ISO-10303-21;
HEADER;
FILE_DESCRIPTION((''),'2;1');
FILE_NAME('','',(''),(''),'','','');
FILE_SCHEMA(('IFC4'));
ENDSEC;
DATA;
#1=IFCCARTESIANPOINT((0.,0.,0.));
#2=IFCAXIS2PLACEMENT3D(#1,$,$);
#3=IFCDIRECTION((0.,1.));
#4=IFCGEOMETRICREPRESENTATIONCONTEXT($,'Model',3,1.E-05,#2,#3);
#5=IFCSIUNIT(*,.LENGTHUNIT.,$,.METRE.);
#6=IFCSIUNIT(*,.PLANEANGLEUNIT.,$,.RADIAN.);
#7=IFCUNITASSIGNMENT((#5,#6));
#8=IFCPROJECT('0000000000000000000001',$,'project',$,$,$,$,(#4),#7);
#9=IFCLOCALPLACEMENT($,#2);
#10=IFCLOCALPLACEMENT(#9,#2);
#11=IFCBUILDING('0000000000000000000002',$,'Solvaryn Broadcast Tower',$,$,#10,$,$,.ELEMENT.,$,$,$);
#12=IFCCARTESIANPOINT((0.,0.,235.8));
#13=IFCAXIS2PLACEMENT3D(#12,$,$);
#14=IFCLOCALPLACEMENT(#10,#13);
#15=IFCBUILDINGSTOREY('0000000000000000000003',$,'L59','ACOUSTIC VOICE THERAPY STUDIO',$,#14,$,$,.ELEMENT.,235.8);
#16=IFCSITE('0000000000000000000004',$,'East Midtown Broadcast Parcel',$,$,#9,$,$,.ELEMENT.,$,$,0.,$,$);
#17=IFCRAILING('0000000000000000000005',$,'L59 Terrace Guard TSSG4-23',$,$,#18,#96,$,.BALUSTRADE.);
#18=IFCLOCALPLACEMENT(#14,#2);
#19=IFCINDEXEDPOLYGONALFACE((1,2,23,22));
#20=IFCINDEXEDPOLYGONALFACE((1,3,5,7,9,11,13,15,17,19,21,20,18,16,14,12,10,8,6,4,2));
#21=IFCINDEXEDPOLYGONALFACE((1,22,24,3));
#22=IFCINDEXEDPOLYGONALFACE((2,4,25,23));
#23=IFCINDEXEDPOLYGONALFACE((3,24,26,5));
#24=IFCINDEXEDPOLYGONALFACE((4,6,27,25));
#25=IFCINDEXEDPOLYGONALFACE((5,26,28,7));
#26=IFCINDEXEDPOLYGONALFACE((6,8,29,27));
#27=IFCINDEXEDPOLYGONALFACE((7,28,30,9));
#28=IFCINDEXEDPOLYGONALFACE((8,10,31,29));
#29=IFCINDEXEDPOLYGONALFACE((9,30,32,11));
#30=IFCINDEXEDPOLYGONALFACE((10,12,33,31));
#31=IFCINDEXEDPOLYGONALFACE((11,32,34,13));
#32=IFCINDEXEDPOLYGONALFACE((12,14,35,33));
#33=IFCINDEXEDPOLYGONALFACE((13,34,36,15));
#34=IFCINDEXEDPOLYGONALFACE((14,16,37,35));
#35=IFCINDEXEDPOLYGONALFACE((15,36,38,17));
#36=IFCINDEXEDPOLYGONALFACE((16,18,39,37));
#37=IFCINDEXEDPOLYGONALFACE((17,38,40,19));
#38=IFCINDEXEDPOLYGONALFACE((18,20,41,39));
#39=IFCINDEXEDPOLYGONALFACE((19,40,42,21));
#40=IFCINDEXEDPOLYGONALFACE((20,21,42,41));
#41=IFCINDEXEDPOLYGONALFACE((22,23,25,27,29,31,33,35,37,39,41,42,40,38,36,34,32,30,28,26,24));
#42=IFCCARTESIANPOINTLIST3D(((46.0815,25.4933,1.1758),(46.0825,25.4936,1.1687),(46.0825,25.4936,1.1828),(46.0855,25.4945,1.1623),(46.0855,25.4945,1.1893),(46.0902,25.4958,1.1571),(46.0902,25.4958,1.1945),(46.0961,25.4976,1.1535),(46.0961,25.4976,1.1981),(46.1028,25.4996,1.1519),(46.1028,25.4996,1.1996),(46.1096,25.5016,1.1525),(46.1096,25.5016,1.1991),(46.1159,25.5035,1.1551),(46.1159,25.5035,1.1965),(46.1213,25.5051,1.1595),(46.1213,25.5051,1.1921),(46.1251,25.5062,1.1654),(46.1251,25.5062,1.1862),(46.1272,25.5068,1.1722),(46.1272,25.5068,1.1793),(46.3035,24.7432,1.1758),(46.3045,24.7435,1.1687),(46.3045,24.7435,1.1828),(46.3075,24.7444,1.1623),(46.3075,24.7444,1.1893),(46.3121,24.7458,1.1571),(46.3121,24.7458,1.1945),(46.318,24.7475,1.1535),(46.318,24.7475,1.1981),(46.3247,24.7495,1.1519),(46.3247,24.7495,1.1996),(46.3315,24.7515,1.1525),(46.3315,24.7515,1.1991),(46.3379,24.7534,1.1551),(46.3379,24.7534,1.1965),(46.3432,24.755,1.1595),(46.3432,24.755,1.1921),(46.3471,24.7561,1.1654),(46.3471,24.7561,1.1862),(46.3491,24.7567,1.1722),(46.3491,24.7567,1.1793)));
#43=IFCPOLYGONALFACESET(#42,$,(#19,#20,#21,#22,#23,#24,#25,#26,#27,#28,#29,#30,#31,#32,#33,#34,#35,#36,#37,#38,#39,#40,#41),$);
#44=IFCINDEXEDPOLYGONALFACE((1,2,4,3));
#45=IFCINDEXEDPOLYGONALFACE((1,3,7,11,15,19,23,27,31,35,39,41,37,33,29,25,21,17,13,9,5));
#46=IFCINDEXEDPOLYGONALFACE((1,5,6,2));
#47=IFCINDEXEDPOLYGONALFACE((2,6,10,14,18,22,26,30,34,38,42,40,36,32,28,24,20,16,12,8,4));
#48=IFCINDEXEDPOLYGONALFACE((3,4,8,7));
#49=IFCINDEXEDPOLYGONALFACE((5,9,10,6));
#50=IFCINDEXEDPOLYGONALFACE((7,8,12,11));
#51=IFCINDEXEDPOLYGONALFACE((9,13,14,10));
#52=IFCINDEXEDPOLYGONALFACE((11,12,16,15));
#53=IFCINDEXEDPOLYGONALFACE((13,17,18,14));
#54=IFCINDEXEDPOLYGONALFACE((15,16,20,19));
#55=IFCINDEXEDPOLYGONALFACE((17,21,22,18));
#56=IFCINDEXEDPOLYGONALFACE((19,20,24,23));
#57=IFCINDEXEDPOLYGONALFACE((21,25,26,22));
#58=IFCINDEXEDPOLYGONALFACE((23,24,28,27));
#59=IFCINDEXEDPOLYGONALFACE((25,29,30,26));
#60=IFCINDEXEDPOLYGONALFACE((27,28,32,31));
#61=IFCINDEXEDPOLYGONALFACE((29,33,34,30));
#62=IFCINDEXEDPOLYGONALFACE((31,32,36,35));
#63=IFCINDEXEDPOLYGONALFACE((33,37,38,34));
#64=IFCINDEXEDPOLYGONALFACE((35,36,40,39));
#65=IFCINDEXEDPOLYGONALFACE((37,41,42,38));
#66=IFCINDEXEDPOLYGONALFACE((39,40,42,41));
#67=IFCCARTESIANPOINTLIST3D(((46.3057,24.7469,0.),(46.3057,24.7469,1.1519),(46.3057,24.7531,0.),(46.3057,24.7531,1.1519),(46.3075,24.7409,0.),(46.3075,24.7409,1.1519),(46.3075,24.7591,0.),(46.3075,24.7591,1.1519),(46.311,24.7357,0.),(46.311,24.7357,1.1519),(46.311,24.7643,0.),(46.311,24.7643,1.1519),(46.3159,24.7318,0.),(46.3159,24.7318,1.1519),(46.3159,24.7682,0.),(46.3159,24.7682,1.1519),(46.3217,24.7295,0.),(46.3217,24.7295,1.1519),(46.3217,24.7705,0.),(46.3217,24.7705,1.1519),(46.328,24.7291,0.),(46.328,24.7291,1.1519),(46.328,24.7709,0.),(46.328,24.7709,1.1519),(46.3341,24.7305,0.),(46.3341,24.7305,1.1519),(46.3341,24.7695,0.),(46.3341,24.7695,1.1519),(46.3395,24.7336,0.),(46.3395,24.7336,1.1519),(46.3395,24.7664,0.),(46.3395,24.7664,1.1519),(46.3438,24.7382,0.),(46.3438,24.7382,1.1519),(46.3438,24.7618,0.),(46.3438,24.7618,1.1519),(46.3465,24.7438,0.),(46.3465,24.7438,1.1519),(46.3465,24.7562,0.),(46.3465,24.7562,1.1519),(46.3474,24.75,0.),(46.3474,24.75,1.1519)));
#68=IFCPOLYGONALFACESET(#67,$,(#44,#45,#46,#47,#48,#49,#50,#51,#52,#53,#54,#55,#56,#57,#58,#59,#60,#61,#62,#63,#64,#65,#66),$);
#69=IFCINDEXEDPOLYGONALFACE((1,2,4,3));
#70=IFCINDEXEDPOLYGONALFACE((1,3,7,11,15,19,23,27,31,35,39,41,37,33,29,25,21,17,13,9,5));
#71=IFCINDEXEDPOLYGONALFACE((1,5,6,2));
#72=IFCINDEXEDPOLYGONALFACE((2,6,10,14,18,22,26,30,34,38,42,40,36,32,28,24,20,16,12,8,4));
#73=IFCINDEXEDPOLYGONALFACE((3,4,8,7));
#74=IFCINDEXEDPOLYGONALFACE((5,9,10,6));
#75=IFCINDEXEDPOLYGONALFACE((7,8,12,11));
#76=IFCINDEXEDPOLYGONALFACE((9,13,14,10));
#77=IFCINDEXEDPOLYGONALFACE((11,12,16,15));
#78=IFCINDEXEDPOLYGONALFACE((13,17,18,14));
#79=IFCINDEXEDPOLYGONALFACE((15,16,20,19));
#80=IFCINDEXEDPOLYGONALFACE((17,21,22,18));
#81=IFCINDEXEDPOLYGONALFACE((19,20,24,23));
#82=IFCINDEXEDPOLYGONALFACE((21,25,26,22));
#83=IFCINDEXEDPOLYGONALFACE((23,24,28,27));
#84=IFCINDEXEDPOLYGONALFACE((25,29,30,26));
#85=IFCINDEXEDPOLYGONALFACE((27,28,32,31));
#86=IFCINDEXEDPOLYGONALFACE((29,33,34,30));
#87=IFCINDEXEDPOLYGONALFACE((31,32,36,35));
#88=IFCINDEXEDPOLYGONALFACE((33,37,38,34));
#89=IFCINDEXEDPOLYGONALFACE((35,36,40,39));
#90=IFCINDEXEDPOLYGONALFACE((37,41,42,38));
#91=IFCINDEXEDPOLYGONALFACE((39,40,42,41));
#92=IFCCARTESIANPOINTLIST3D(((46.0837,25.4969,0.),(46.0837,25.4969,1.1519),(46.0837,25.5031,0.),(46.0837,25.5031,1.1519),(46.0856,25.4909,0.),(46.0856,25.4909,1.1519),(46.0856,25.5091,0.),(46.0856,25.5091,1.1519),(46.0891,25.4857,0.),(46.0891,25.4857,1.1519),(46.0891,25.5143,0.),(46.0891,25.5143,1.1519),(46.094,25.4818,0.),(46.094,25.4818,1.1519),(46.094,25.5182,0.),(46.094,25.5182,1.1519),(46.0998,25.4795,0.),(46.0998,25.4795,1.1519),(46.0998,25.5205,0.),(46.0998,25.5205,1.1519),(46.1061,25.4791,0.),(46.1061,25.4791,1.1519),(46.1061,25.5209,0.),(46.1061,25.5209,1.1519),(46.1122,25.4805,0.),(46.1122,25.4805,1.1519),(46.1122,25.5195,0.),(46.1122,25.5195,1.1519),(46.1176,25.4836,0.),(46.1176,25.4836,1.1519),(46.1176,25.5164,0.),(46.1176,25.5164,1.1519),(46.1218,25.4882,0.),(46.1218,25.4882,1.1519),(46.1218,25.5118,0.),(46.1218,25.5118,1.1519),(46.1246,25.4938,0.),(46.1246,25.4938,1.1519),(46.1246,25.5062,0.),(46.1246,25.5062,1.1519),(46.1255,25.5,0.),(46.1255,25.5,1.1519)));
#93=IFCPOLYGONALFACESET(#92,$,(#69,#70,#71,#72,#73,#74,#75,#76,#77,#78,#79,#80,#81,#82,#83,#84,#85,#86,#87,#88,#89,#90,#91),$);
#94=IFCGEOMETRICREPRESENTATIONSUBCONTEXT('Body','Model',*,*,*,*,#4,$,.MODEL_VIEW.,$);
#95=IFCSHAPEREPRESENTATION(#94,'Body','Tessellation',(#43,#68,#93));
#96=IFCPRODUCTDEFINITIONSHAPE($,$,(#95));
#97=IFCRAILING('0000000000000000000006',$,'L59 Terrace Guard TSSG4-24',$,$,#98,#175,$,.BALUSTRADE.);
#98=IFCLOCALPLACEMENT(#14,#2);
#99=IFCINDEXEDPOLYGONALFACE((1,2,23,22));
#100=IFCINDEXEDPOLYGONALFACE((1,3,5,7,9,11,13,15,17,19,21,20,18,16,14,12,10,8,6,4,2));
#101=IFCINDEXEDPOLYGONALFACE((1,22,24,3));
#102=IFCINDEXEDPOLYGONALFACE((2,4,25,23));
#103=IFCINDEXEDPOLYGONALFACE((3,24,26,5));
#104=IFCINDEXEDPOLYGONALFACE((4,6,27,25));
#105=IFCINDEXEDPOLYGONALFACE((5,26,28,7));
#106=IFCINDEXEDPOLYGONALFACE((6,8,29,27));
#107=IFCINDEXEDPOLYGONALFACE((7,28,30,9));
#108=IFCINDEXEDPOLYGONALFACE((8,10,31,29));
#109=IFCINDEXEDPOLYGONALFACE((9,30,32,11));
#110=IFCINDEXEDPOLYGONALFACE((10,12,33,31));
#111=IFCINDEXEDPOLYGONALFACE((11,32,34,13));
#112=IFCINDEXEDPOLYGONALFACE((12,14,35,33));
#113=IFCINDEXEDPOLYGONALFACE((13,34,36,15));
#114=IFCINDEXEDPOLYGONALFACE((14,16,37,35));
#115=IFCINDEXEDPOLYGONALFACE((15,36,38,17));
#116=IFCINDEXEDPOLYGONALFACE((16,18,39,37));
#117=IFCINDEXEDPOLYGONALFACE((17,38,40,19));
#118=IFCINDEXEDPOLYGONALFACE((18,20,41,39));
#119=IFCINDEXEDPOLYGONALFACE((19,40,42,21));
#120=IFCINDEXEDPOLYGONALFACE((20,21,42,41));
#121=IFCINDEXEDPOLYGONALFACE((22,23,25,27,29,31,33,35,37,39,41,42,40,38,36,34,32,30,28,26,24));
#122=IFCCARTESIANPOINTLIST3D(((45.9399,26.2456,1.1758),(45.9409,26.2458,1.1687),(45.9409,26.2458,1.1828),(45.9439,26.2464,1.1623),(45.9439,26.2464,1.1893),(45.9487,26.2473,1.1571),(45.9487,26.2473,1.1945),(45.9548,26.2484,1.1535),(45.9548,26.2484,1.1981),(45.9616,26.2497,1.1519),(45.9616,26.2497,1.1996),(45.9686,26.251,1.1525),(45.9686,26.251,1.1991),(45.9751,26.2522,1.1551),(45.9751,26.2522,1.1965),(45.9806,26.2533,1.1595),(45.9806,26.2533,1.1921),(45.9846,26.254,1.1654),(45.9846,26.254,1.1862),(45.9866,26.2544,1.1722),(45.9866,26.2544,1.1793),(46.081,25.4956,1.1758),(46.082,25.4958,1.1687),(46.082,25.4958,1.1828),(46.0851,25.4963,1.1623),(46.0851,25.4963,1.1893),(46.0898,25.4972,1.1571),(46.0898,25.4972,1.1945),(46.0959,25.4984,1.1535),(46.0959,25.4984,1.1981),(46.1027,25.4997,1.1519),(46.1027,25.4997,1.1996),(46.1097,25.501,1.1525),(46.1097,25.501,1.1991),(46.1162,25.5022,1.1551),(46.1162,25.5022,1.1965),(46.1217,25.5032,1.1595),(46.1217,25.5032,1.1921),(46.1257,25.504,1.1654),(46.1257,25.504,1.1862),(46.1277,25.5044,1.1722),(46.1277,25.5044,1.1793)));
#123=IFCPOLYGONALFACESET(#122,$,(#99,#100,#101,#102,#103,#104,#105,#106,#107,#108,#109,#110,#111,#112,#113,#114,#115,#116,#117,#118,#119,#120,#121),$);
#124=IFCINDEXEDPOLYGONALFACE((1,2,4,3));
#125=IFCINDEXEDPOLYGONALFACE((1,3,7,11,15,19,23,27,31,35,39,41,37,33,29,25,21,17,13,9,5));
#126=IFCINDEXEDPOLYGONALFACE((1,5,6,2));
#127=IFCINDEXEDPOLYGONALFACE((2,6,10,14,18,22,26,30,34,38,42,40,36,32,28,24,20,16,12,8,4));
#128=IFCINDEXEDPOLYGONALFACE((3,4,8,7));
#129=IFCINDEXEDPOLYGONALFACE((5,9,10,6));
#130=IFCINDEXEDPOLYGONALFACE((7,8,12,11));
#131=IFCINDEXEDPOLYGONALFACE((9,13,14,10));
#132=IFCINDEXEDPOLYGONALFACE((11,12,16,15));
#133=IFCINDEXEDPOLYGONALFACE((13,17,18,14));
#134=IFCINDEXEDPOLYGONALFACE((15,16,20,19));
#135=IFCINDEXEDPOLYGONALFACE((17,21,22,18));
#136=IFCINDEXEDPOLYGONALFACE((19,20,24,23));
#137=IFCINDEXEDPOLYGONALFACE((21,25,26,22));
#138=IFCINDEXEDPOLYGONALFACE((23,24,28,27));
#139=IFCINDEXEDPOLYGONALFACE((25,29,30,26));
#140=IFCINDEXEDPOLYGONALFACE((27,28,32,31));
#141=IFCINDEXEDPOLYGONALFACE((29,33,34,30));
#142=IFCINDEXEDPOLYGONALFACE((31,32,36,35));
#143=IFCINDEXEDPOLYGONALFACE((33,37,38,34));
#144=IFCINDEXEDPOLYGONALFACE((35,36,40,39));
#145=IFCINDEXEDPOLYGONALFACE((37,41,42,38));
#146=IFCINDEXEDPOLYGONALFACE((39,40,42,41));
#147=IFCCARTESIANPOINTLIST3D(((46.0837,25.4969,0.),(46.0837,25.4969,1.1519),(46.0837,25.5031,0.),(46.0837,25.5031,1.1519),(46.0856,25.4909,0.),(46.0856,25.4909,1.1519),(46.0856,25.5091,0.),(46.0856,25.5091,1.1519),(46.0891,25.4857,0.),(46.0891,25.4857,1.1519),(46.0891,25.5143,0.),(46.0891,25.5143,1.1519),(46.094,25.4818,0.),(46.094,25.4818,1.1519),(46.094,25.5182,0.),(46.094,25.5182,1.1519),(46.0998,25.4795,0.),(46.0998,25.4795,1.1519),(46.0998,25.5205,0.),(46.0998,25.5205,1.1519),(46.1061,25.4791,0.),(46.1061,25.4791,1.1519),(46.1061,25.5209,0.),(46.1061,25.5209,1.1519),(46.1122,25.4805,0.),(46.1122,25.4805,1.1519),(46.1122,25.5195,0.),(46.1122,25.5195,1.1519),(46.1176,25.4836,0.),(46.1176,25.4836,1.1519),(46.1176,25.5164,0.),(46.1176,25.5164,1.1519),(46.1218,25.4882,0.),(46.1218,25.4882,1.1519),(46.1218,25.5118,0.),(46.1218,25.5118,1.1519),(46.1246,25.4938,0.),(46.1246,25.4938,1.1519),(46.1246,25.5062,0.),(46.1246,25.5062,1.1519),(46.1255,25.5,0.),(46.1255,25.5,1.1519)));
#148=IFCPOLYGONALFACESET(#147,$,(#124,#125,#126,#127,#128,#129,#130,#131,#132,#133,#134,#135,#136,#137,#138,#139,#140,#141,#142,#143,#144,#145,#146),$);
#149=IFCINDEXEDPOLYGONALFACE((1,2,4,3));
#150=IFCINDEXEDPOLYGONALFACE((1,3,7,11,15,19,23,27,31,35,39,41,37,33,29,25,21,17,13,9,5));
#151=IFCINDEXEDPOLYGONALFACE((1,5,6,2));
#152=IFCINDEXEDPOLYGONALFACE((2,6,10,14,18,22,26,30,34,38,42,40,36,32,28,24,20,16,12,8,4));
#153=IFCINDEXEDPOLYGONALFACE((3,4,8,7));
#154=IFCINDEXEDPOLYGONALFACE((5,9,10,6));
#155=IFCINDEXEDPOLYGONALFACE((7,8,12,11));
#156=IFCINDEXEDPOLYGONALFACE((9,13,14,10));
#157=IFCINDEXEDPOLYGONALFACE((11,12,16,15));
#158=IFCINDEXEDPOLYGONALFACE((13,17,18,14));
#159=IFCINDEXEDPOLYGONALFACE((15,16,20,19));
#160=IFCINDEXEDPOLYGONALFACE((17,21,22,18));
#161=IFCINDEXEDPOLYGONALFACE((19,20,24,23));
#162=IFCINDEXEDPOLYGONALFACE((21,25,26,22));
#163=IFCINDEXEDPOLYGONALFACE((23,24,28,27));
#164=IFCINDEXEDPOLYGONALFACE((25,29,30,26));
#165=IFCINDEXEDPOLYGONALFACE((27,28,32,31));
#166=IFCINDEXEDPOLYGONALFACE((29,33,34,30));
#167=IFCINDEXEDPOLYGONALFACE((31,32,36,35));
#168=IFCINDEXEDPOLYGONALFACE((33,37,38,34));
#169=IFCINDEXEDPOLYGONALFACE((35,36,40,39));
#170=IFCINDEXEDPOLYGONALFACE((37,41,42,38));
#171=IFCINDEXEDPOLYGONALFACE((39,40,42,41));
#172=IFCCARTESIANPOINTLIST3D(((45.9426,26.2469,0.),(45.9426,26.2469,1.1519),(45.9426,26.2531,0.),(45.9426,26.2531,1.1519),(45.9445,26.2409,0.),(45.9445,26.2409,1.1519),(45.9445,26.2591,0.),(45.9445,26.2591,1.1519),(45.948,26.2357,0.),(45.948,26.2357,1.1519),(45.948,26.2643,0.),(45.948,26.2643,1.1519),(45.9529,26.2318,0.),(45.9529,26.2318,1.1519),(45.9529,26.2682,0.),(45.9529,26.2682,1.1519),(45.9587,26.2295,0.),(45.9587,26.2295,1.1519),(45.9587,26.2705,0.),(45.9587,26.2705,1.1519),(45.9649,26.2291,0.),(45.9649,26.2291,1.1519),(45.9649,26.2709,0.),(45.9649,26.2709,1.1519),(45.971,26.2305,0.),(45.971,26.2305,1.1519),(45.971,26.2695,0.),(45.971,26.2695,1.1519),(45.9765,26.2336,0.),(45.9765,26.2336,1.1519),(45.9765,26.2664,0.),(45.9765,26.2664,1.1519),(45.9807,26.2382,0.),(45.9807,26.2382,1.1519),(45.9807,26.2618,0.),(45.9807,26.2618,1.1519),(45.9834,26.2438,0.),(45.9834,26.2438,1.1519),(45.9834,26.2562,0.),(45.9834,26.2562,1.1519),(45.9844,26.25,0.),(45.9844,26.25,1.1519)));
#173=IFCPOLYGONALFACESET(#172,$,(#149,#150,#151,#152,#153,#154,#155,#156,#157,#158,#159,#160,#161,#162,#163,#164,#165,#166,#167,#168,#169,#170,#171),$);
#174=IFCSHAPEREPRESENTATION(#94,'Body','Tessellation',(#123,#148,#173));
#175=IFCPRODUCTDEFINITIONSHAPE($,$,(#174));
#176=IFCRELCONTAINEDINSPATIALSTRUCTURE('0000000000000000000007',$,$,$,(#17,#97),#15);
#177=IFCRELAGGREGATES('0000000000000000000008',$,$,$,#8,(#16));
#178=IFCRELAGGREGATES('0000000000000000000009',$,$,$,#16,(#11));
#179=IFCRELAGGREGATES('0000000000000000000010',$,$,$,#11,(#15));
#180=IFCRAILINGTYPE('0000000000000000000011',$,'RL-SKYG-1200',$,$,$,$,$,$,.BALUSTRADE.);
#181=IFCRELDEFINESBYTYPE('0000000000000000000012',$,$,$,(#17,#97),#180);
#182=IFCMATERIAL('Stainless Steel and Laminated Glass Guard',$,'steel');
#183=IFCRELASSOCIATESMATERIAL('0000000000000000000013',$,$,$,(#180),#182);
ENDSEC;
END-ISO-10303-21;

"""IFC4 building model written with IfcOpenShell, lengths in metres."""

from ifc_helpers import new_model, si_unit, direction, frame, origin, origin_2d, place, context, subcontext, project, spatial, circle, extrude, material, type_object, element, save


model = new_model("IFC4")

# Units and contexts
model_context = context("Model", 3, precision=1e-05, world=origin(), true_north=direction((0.0, 1.0)))
body_context = subcontext(model_context, "Body", "Model", "MODEL_VIEW")
ifc_project = project(units=[si_unit("LENGTHUNIT", "METRE"), si_unit("PLANEANGLEUNIT", "RADIAN")], contexts=[model_context])

# Site, building, storey
site_placement = place(None, origin())
site = spatial("IfcSite", under=ifc_project, at=site_placement, Name="East Midtown Broadcast Parcel", CompositionType="ELEMENT", RefElevation=0.0)
building_placement = place(site_placement, origin())
building = spatial("IfcBuilding", under=site, at=building_placement, Name="Solvaryn Broadcast Tower", CompositionType="ELEMENT")
storey_placement = place(building_placement, frame((0.0, 0.0, 235.8)))
storey = spatial("IfcBuildingStorey", under=building, at=storey_placement, Name="L59", Description="ACOUSTIC VOICE THERAPY STUDIO", CompositionType="ELEMENT", Elevation=235.8)

# Railings
ifc_material_1 = material(Name="Stainless Steel and Laminated Glass Guard", Category="steel")
railing_type = type_object("IfcRailingType", Name="RL-SKYG-1200", PredefinedType="BALUSTRADE", material=ifc_material_1)
railing_1_placement = place(storey_placement, frame((46.3264, 24.75, 0.0)))
element("IfcRailing", 1, at=railing_1_placement, inside=storey, type_object=railing_type, Name="L59 Terrace Guard TSSG4-23", PredefinedType="BALUSTRADE", context=body_context, shape_type="SweptSolid", body=[
    extrude(circle(Radius=0.0239, at=origin_2d()), frame((0.0, 0.0, 1.1758), z_axis=(-0.283738, 0.958902, 0.0), x_axis=(-0.958902, -0.283738, 0.0)), (0.0, 0.0, 1.0), 0.7822),
    extrude(circle(Radius=0.021, at=origin_2d()), origin(), (0.0, 0.0, 1.0), 1.1519),
    extrude(circle(Radius=0.021, at=origin_2d()), frame((-0.2219, 0.75, 0.0)), (0.0, 0.0, 1.0), 1.1519),
])
railing_2_placement = place(storey_placement, frame((46.1045, 25.5, 0.0)))
element("IfcRailing", 2, at=railing_2_placement, inside=storey, type_object=railing_type, Name="L59 Terrace Guard TSSG4-24", PredefinedType="BALUSTRADE", context=body_context, shape_type="SweptSolid", body=[
    extrude(circle(Radius=0.0239, at=origin_2d()), frame((0.0, 0.0, 1.1758), z_axis=(-0.184907, 0.982756, 0.0), x_axis=(-0.982756, -0.184907, 0.0)), (0.0, 0.0, 1.0), 0.7632),
    extrude(circle(Radius=0.021, at=origin_2d()), origin(), (0.0, 0.0, 1.0), 1.1519),
    extrude(circle(Radius=0.021, at=origin_2d()), frame((-0.1411, 0.75, 0.0)), (0.0, 0.0, 1.0), 1.1519),
])

save(model, "model.ifc")
